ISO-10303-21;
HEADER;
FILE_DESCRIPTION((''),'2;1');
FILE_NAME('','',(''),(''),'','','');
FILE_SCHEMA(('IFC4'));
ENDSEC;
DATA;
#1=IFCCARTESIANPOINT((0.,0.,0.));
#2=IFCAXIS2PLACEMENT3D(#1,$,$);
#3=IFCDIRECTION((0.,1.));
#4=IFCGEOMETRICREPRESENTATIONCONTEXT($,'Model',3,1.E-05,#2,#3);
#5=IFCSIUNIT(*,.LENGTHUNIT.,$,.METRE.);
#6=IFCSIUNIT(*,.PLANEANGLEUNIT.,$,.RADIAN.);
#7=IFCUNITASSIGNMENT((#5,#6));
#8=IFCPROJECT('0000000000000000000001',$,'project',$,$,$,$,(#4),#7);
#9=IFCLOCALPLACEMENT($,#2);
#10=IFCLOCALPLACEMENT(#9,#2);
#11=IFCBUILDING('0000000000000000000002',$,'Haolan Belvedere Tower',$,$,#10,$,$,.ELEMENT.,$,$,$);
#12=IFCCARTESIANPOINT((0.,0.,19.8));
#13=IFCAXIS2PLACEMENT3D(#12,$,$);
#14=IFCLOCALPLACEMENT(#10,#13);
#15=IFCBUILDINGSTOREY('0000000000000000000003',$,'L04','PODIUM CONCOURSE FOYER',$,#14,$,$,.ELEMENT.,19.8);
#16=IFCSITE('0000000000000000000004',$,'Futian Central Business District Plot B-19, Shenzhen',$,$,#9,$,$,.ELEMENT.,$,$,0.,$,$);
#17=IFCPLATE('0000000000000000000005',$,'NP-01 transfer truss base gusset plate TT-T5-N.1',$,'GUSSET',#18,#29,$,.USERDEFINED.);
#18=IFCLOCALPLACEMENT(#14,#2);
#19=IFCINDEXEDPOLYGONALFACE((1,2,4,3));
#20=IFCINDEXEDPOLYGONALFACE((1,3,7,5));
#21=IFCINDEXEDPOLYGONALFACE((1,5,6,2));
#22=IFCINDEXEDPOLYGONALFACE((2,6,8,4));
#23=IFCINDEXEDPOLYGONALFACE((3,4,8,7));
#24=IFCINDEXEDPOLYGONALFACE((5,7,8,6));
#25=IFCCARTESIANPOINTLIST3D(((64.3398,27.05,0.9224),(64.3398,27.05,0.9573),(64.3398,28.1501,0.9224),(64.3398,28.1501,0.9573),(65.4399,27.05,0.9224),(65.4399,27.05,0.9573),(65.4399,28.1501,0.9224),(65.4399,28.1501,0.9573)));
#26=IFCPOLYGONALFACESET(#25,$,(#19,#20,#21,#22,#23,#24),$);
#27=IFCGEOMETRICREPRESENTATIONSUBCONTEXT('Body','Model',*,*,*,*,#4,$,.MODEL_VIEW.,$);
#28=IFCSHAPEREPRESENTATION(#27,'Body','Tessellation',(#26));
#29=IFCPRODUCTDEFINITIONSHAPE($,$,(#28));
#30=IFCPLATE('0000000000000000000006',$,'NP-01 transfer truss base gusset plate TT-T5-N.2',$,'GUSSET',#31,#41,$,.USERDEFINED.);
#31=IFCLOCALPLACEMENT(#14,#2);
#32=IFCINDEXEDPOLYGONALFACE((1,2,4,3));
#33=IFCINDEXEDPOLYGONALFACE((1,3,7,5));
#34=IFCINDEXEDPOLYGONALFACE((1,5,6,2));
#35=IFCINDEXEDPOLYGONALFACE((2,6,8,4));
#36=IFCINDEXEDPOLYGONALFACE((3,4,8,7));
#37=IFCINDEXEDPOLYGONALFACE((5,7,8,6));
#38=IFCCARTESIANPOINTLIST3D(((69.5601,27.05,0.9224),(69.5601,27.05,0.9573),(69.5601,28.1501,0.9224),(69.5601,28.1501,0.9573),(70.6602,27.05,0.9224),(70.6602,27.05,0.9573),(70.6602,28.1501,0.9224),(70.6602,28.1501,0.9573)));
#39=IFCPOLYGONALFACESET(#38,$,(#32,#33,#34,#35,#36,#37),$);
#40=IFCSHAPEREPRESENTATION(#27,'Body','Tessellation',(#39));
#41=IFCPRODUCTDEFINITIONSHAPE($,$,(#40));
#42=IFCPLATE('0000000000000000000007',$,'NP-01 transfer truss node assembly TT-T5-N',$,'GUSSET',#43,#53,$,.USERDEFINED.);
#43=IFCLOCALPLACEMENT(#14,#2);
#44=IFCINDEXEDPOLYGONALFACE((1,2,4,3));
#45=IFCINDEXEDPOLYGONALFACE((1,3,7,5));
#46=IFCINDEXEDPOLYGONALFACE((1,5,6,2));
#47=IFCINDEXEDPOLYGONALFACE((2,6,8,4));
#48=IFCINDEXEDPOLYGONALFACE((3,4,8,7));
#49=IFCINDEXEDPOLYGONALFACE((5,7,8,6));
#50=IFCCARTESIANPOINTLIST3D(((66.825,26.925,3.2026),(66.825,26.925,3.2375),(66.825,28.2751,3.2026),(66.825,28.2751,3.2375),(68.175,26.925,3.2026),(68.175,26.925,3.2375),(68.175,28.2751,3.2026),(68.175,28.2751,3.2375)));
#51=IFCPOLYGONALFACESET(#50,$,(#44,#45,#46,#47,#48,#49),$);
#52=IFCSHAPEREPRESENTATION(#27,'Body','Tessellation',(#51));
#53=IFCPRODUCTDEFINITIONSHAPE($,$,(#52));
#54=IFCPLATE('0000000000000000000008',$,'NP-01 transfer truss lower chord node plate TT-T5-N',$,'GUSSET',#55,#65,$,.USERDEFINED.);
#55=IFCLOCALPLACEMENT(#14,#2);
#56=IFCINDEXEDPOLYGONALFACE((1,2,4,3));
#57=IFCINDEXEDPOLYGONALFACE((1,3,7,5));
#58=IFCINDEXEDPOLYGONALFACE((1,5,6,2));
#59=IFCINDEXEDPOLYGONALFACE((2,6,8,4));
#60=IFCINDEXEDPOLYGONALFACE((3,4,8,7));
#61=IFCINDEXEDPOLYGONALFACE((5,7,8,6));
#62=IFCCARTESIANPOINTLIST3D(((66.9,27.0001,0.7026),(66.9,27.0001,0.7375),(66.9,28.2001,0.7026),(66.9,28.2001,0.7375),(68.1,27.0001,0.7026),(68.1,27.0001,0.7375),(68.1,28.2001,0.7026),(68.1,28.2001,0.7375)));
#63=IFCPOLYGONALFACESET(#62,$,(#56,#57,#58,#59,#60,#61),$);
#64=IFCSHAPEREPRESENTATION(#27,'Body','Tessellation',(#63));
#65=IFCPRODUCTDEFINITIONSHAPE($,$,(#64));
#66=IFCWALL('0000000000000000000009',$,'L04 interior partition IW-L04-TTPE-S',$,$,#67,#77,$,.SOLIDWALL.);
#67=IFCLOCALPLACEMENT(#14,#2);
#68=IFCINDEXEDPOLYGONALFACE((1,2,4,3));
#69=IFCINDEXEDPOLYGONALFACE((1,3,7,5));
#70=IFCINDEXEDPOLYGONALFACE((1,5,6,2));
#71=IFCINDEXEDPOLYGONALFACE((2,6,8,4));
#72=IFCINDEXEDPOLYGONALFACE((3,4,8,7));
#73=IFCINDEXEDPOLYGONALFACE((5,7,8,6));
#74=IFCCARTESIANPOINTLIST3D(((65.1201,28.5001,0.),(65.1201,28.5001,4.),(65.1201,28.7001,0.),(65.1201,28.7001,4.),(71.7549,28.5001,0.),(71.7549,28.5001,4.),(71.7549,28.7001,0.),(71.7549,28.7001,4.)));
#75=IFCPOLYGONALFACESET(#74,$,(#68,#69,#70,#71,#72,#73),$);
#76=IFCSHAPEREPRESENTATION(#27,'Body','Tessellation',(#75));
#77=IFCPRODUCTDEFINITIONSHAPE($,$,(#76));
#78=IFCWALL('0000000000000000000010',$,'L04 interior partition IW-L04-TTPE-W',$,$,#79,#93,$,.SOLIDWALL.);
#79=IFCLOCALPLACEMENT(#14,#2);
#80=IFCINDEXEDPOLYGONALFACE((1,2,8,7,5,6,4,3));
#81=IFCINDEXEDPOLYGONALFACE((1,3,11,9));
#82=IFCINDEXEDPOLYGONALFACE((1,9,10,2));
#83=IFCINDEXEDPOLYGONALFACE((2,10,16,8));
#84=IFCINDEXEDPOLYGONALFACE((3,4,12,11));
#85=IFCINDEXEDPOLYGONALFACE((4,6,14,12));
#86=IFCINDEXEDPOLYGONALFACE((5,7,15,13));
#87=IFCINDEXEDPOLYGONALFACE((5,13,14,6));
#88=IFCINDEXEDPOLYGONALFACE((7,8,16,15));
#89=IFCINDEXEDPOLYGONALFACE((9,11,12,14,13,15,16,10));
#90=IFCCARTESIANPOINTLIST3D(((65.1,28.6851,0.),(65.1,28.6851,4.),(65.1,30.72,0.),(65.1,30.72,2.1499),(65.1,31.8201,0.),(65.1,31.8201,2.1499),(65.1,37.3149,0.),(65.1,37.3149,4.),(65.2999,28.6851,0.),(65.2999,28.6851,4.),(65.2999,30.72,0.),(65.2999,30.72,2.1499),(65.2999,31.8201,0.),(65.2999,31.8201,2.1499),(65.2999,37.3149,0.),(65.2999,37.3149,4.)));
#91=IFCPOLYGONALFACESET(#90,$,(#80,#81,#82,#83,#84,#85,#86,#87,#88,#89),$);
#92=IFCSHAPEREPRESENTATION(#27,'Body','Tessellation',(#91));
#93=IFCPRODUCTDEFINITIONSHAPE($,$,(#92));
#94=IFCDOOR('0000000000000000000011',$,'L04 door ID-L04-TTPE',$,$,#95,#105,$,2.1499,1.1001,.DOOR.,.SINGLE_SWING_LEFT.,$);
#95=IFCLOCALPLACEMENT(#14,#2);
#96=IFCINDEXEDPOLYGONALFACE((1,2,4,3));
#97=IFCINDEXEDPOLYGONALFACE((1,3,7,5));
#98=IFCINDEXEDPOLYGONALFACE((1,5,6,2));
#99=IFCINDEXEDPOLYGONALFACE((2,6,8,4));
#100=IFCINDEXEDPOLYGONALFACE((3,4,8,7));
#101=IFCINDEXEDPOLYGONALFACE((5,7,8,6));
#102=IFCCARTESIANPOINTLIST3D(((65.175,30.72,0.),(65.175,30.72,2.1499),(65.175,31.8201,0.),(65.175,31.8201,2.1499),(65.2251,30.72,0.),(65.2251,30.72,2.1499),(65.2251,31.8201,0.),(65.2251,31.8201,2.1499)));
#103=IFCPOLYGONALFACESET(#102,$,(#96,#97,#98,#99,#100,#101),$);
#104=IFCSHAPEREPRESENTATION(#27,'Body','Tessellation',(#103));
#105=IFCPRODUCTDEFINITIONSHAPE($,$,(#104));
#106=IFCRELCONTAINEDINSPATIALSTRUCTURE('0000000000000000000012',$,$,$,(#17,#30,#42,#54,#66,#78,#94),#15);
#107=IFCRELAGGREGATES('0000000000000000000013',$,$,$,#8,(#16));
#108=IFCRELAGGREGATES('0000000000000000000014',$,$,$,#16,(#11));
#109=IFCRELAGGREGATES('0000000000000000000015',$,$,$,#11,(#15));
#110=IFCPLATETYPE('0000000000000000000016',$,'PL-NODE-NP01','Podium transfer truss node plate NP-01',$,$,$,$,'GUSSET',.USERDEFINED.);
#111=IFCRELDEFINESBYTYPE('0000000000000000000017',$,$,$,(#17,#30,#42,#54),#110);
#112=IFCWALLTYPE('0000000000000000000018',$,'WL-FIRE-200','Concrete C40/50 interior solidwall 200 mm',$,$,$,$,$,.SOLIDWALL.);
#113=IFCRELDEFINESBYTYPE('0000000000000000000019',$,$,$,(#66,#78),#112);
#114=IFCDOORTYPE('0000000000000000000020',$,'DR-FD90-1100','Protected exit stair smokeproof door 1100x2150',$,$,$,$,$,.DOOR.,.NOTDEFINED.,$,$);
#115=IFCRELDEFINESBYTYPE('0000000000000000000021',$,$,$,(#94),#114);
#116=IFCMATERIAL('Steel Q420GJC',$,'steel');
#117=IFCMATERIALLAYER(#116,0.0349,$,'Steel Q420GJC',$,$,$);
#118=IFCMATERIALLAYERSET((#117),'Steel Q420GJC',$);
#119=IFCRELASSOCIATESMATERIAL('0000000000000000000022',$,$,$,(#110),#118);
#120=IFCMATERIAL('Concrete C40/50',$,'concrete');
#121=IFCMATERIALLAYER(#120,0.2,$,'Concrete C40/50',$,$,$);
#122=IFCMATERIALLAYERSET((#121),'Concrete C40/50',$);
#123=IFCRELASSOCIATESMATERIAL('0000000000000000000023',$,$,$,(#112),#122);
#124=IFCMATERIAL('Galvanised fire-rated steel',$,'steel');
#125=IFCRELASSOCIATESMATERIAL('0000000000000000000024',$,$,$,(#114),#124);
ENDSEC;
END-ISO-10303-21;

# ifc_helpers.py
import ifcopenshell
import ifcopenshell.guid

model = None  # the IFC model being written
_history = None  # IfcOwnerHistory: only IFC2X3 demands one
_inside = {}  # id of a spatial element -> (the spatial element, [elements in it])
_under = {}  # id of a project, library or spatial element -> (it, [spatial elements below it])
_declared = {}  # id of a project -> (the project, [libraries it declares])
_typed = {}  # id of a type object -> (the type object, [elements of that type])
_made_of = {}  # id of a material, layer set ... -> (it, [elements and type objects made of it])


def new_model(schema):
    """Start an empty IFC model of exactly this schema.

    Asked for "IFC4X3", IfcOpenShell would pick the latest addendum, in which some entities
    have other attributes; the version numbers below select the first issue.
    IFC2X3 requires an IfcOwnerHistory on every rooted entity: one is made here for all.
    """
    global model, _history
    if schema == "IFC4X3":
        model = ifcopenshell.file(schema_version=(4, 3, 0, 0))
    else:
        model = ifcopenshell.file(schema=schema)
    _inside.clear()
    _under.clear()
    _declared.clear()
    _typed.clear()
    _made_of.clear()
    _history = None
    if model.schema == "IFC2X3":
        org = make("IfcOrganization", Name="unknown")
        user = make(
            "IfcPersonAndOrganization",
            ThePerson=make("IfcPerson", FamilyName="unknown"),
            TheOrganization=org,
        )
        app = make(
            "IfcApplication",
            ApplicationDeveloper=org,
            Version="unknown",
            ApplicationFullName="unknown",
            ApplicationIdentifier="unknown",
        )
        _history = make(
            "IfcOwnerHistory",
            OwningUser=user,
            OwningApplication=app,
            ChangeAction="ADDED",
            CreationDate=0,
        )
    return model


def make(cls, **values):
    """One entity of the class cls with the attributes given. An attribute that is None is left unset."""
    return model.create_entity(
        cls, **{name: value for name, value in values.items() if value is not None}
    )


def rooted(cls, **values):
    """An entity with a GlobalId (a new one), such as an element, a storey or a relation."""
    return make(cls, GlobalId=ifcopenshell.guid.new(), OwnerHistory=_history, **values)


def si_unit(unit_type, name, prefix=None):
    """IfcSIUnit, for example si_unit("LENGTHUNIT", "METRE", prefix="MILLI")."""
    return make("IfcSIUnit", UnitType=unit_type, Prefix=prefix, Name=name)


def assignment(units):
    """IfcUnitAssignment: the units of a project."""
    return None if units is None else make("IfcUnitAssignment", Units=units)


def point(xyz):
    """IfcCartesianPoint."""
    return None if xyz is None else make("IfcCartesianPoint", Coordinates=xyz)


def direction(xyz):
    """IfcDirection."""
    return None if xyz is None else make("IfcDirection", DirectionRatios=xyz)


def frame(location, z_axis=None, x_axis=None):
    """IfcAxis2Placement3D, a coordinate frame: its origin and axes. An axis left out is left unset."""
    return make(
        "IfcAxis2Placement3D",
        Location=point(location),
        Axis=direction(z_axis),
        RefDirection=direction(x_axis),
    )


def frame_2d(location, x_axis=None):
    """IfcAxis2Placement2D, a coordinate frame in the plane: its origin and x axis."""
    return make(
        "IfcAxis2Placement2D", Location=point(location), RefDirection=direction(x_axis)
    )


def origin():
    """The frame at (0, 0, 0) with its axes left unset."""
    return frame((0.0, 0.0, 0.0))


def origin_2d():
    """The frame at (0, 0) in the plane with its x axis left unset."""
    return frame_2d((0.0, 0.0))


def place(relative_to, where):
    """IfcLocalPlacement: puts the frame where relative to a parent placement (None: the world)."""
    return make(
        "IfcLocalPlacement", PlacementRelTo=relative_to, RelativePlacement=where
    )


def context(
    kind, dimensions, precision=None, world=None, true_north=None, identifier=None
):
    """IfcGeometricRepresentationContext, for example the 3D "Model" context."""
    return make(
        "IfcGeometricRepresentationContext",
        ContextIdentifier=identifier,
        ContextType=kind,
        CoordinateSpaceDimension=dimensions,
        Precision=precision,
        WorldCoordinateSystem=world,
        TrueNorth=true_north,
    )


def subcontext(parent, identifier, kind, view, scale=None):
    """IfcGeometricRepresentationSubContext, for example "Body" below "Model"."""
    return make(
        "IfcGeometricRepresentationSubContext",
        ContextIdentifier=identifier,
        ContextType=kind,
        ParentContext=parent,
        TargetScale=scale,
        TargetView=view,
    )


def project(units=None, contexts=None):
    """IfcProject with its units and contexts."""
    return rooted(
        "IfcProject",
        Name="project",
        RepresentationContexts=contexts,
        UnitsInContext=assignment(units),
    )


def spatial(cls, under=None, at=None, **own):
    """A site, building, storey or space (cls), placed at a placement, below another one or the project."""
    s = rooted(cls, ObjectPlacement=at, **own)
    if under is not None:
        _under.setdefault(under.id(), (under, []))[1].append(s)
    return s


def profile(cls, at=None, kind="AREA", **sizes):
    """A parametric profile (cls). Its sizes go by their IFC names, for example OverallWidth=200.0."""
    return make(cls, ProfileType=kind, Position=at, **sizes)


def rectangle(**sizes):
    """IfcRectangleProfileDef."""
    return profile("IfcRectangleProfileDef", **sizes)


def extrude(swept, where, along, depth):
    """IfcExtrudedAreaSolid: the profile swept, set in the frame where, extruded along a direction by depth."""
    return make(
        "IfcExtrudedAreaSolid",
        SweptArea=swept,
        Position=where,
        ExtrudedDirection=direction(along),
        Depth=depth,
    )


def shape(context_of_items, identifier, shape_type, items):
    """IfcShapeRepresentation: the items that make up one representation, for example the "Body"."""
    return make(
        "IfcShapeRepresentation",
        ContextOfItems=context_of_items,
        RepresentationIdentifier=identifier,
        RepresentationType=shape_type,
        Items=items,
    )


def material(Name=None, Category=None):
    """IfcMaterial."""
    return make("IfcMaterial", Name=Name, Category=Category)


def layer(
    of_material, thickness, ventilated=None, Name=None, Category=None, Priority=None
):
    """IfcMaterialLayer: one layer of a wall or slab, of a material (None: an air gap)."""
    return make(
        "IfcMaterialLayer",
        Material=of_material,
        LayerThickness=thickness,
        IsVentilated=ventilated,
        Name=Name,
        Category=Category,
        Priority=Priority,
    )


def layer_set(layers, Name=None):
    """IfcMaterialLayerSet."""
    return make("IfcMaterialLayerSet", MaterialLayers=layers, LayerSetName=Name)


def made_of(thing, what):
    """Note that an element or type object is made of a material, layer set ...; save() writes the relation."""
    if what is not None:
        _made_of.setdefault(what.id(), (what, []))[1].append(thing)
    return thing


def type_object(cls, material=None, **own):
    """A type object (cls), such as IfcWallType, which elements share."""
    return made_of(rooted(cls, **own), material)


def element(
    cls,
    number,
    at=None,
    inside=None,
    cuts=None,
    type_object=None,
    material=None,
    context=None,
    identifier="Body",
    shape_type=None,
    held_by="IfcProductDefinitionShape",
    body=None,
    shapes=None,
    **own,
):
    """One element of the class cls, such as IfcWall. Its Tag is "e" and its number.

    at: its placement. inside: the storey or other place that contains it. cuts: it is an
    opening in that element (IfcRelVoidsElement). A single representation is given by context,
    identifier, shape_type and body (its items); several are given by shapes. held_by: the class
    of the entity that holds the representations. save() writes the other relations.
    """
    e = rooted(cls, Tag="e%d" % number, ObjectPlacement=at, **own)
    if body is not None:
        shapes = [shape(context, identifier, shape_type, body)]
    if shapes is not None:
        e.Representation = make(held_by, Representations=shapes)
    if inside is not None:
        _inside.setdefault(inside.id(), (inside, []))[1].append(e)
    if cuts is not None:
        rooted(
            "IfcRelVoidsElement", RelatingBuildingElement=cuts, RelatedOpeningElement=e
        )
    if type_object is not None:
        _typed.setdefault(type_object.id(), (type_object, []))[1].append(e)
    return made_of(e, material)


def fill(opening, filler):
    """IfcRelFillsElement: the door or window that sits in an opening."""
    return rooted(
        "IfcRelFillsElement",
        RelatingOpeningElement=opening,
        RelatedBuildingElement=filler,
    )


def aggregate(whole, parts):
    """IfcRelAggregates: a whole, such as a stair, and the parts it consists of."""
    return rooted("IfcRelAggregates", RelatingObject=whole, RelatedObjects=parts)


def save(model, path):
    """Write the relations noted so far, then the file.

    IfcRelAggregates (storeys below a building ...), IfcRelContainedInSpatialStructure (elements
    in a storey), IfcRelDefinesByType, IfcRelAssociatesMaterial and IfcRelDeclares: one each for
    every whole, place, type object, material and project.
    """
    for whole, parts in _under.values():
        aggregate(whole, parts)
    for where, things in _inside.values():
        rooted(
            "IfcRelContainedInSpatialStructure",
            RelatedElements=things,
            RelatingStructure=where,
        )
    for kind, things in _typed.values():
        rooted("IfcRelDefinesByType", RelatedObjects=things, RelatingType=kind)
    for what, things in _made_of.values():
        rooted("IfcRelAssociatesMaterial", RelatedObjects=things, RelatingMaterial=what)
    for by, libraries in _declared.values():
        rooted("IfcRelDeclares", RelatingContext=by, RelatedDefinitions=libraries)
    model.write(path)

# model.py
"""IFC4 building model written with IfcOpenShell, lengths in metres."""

from ifc_helpers import new_model, si_unit, direction, frame, frame_2d, origin, origin_2d, place, context, subcontext, project, spatial, rectangle, extrude, material, layer, layer_set, type_object, element, fill, save


model = new_model("IFC4")

# Units and contexts
model_context = context("Model", 3, precision=1e-05, world=origin(), true_north=direction((0.0, 1.0)))
body_context = subcontext(model_context, "Body", "Model", "MODEL_VIEW")
ifc_project = project(units=[si_unit("LENGTHUNIT", "METRE"), si_unit("PLANEANGLEUNIT", "RADIAN")], contexts=[model_context])

# Site, building, storey
site_placement = place(None, origin())
site = spatial("IfcSite", under=ifc_project, at=site_placement, Name="Futian Central Business District Plot B-19, Shenzhen", CompositionType="ELEMENT", RefElevation=0.0)
building_placement = place(site_placement, origin())
building = spatial("IfcBuilding", under=site, at=building_placement, Name="Haolan Belvedere Tower", CompositionType="ELEMENT")
storey_placement = place(building_placement, frame((0.0, 0.0, 19.8)))
storey = spatial("IfcBuildingStorey", under=building, at=storey_placement, Name="L04", Description="PODIUM CONCOURSE FOYER", CompositionType="ELEMENT", Elevation=19.8)

# Shared definitions
ifc_material_1 = material(Name="Steel Q420GJC", Category="steel")

# Plates
ifc_layer_1 = layer(ifc_material_1, 0.0349, Name="Steel Q420GJC")
ifc_layer_set_1 = layer_set([ifc_layer_1], Name="Steel Q420GJC")
plate_type_1 = type_object("IfcPlateType", Name="PL-NODE-NP01", Description="Podium transfer truss node plate NP-01", ElementType="GUSSET", PredefinedType="USERDEFINED", material=ifc_layer_set_1)
for number, where, z_axis, x_axis, name in (
    (1, (64.8899, 27.6001, 0.9224), (0.0, 0.0, 1.0), (1.0, 0.0, 0.0), "NP-01 transfer truss base gusset plate TT-T5-N.1"),
    (2, (70.1101, 27.6001, 0.9224), (0.0, 0.0, 1.0), (1.0, 0.0, 0.0), "NP-01 transfer truss base gusset plate TT-T5-N.2"),
):
    element("IfcPlate", number, at=place(storey_placement, frame(where, z_axis=z_axis, x_axis=x_axis)), inside=storey, type_object=plate_type_1, Name=name, ObjectType="GUSSET", PredefinedType="USERDEFINED", context=body_context, shape_type="SweptSolid", body=[
        extrude(rectangle(XDim=1.1001, YDim=1.1001, at=origin_2d()), origin(), (0.0, 0.0, 1.0), 0.0349),
    ])
plate_1_placement = place(storey_placement, frame((67.5, 27.6001, 3.2026), z_axis=(0.0, 0.0, 1.0), x_axis=(1.0, 0.0, 0.0)))
element("IfcPlate", 3, at=plate_1_placement, inside=storey, type_object=plate_type_1, Name="NP-01 transfer truss node assembly TT-T5-N", ObjectType="GUSSET", PredefinedType="USERDEFINED", context=body_context, shape_type="SweptSolid", body=[
    extrude(rectangle(XDim=1.3501, YDim=1.3501, at=origin_2d()), origin(), (0.0, 0.0, 1.0), 0.0349),
])
plate_2_placement = place(storey_placement, frame((67.5, 27.6001, 0.7026), z_axis=(0.0, 0.0, 1.0), x_axis=(1.0, 0.0, 0.0)))
element("IfcPlate", 4, at=plate_2_placement, inside=storey, type_object=plate_type_1, Name="NP-01 transfer truss lower chord node plate TT-T5-N", ObjectType="GUSSET", PredefinedType="USERDEFINED", context=body_context, shape_type="SweptSolid", body=[
    extrude(rectangle(XDim=1.2, YDim=1.2, at=origin_2d()), origin(), (0.0, 0.0, 1.0), 0.0349),
])

# Wall
ifc_material_2 = material(Name="Concrete C40/50", Category="concrete")
ifc_layer_2 = layer(ifc_material_2, 0.2, Name="Concrete C40/50")
ifc_layer_set_2 = layer_set([ifc_layer_2], Name="Concrete C40/50")
wall_type = type_object("IfcWallType", Name="WL-FIRE-200", Description="Concrete C40/50 interior solidwall 200 mm", PredefinedType="SOLIDWALL", material=ifc_layer_set_2)
wall_1_placement = place(storey_placement, frame((65.1201, 28.6001, 0.0), z_axis=(0.0, 0.0, 1.0), x_axis=(1.0, 0.0, 0.0)))
element("IfcWall", 5, at=wall_1_placement, inside=storey, type_object=wall_type, Name="L04 interior partition IW-L04-TTPE-S", PredefinedType="SOLIDWALL", context=body_context, shape_type="SweptSolid", body=[
    extrude(rectangle(XDim=6.6348, YDim=0.2, at=frame_2d((3.3174, 0.0))), origin(), (0.0, 0.0, 1.0), 4.0),
])

# Wall, opening, door
wall_2_placement = place(storey_placement, frame((65.2, 28.6851, 0.0), z_axis=(0.0, 0.0, 1.0), x_axis=(0.0, 1.0, 0.0)))
wall_2 = element("IfcWall", 6, at=wall_2_placement, inside=storey, type_object=wall_type, Name="L04 interior partition IW-L04-TTPE-W", PredefinedType="SOLIDWALL", context=body_context, shape_type="SweptSolid", body=[
    extrude(rectangle(XDim=8.6299, YDim=0.2, at=frame_2d((4.3149, 0.0))), origin(), (0.0, 0.0, 1.0), 4.0),
])
opening_placement = place(wall_2_placement, frame((2.0349, 0.0, 0.0)))
opening = element("IfcOpeningElement", 7, at=opening_placement, cuts=wall_2, PredefinedType="OPENING", context=body_context, shape_type="SweptSolid", body=[
    extrude(rectangle(XDim=1.1001, YDim=2.1499, at=frame_2d((0.55, 1.075))), frame((0.0, 0.1099, 0.0), z_axis=(0.0, -1.0, 0.0), x_axis=(1.0, 0.0, 0.0)), (0.0, 0.0, 1.0), 0.22),
])
ifc_material_3 = material(Name="Galvanised fire-rated steel", Category="steel")
door_type = type_object("IfcDoorType", Name="DR-FD90-1100", Description="Protected exit stair smokeproof door 1100x2150", OperationType="NOTDEFINED", PredefinedType="DOOR", material=ifc_material_3)
door_placement = place(opening_placement, origin())
door = element("IfcDoor", 8, at=door_placement, inside=storey, type_object=door_type, Name="L04 door ID-L04-TTPE", OperationType="SINGLE_SWING_LEFT", OverallHeight=2.1499, OverallWidth=1.1001, PredefinedType="DOOR", context=body_context, shape_type="SweptSolid", body=[
    extrude(rectangle(XDim=1.1001, YDim=2.1499, at=frame_2d((0.55, 1.075))), frame((0.0, 0.0249, 0.0), z_axis=(0.0, -1.0, 0.0), x_axis=(1.0, 0.0, 0.0)), (0.0, 0.0, 1.0), 0.05),
])
fill(opening, door)

save(model, "model.ifc")
